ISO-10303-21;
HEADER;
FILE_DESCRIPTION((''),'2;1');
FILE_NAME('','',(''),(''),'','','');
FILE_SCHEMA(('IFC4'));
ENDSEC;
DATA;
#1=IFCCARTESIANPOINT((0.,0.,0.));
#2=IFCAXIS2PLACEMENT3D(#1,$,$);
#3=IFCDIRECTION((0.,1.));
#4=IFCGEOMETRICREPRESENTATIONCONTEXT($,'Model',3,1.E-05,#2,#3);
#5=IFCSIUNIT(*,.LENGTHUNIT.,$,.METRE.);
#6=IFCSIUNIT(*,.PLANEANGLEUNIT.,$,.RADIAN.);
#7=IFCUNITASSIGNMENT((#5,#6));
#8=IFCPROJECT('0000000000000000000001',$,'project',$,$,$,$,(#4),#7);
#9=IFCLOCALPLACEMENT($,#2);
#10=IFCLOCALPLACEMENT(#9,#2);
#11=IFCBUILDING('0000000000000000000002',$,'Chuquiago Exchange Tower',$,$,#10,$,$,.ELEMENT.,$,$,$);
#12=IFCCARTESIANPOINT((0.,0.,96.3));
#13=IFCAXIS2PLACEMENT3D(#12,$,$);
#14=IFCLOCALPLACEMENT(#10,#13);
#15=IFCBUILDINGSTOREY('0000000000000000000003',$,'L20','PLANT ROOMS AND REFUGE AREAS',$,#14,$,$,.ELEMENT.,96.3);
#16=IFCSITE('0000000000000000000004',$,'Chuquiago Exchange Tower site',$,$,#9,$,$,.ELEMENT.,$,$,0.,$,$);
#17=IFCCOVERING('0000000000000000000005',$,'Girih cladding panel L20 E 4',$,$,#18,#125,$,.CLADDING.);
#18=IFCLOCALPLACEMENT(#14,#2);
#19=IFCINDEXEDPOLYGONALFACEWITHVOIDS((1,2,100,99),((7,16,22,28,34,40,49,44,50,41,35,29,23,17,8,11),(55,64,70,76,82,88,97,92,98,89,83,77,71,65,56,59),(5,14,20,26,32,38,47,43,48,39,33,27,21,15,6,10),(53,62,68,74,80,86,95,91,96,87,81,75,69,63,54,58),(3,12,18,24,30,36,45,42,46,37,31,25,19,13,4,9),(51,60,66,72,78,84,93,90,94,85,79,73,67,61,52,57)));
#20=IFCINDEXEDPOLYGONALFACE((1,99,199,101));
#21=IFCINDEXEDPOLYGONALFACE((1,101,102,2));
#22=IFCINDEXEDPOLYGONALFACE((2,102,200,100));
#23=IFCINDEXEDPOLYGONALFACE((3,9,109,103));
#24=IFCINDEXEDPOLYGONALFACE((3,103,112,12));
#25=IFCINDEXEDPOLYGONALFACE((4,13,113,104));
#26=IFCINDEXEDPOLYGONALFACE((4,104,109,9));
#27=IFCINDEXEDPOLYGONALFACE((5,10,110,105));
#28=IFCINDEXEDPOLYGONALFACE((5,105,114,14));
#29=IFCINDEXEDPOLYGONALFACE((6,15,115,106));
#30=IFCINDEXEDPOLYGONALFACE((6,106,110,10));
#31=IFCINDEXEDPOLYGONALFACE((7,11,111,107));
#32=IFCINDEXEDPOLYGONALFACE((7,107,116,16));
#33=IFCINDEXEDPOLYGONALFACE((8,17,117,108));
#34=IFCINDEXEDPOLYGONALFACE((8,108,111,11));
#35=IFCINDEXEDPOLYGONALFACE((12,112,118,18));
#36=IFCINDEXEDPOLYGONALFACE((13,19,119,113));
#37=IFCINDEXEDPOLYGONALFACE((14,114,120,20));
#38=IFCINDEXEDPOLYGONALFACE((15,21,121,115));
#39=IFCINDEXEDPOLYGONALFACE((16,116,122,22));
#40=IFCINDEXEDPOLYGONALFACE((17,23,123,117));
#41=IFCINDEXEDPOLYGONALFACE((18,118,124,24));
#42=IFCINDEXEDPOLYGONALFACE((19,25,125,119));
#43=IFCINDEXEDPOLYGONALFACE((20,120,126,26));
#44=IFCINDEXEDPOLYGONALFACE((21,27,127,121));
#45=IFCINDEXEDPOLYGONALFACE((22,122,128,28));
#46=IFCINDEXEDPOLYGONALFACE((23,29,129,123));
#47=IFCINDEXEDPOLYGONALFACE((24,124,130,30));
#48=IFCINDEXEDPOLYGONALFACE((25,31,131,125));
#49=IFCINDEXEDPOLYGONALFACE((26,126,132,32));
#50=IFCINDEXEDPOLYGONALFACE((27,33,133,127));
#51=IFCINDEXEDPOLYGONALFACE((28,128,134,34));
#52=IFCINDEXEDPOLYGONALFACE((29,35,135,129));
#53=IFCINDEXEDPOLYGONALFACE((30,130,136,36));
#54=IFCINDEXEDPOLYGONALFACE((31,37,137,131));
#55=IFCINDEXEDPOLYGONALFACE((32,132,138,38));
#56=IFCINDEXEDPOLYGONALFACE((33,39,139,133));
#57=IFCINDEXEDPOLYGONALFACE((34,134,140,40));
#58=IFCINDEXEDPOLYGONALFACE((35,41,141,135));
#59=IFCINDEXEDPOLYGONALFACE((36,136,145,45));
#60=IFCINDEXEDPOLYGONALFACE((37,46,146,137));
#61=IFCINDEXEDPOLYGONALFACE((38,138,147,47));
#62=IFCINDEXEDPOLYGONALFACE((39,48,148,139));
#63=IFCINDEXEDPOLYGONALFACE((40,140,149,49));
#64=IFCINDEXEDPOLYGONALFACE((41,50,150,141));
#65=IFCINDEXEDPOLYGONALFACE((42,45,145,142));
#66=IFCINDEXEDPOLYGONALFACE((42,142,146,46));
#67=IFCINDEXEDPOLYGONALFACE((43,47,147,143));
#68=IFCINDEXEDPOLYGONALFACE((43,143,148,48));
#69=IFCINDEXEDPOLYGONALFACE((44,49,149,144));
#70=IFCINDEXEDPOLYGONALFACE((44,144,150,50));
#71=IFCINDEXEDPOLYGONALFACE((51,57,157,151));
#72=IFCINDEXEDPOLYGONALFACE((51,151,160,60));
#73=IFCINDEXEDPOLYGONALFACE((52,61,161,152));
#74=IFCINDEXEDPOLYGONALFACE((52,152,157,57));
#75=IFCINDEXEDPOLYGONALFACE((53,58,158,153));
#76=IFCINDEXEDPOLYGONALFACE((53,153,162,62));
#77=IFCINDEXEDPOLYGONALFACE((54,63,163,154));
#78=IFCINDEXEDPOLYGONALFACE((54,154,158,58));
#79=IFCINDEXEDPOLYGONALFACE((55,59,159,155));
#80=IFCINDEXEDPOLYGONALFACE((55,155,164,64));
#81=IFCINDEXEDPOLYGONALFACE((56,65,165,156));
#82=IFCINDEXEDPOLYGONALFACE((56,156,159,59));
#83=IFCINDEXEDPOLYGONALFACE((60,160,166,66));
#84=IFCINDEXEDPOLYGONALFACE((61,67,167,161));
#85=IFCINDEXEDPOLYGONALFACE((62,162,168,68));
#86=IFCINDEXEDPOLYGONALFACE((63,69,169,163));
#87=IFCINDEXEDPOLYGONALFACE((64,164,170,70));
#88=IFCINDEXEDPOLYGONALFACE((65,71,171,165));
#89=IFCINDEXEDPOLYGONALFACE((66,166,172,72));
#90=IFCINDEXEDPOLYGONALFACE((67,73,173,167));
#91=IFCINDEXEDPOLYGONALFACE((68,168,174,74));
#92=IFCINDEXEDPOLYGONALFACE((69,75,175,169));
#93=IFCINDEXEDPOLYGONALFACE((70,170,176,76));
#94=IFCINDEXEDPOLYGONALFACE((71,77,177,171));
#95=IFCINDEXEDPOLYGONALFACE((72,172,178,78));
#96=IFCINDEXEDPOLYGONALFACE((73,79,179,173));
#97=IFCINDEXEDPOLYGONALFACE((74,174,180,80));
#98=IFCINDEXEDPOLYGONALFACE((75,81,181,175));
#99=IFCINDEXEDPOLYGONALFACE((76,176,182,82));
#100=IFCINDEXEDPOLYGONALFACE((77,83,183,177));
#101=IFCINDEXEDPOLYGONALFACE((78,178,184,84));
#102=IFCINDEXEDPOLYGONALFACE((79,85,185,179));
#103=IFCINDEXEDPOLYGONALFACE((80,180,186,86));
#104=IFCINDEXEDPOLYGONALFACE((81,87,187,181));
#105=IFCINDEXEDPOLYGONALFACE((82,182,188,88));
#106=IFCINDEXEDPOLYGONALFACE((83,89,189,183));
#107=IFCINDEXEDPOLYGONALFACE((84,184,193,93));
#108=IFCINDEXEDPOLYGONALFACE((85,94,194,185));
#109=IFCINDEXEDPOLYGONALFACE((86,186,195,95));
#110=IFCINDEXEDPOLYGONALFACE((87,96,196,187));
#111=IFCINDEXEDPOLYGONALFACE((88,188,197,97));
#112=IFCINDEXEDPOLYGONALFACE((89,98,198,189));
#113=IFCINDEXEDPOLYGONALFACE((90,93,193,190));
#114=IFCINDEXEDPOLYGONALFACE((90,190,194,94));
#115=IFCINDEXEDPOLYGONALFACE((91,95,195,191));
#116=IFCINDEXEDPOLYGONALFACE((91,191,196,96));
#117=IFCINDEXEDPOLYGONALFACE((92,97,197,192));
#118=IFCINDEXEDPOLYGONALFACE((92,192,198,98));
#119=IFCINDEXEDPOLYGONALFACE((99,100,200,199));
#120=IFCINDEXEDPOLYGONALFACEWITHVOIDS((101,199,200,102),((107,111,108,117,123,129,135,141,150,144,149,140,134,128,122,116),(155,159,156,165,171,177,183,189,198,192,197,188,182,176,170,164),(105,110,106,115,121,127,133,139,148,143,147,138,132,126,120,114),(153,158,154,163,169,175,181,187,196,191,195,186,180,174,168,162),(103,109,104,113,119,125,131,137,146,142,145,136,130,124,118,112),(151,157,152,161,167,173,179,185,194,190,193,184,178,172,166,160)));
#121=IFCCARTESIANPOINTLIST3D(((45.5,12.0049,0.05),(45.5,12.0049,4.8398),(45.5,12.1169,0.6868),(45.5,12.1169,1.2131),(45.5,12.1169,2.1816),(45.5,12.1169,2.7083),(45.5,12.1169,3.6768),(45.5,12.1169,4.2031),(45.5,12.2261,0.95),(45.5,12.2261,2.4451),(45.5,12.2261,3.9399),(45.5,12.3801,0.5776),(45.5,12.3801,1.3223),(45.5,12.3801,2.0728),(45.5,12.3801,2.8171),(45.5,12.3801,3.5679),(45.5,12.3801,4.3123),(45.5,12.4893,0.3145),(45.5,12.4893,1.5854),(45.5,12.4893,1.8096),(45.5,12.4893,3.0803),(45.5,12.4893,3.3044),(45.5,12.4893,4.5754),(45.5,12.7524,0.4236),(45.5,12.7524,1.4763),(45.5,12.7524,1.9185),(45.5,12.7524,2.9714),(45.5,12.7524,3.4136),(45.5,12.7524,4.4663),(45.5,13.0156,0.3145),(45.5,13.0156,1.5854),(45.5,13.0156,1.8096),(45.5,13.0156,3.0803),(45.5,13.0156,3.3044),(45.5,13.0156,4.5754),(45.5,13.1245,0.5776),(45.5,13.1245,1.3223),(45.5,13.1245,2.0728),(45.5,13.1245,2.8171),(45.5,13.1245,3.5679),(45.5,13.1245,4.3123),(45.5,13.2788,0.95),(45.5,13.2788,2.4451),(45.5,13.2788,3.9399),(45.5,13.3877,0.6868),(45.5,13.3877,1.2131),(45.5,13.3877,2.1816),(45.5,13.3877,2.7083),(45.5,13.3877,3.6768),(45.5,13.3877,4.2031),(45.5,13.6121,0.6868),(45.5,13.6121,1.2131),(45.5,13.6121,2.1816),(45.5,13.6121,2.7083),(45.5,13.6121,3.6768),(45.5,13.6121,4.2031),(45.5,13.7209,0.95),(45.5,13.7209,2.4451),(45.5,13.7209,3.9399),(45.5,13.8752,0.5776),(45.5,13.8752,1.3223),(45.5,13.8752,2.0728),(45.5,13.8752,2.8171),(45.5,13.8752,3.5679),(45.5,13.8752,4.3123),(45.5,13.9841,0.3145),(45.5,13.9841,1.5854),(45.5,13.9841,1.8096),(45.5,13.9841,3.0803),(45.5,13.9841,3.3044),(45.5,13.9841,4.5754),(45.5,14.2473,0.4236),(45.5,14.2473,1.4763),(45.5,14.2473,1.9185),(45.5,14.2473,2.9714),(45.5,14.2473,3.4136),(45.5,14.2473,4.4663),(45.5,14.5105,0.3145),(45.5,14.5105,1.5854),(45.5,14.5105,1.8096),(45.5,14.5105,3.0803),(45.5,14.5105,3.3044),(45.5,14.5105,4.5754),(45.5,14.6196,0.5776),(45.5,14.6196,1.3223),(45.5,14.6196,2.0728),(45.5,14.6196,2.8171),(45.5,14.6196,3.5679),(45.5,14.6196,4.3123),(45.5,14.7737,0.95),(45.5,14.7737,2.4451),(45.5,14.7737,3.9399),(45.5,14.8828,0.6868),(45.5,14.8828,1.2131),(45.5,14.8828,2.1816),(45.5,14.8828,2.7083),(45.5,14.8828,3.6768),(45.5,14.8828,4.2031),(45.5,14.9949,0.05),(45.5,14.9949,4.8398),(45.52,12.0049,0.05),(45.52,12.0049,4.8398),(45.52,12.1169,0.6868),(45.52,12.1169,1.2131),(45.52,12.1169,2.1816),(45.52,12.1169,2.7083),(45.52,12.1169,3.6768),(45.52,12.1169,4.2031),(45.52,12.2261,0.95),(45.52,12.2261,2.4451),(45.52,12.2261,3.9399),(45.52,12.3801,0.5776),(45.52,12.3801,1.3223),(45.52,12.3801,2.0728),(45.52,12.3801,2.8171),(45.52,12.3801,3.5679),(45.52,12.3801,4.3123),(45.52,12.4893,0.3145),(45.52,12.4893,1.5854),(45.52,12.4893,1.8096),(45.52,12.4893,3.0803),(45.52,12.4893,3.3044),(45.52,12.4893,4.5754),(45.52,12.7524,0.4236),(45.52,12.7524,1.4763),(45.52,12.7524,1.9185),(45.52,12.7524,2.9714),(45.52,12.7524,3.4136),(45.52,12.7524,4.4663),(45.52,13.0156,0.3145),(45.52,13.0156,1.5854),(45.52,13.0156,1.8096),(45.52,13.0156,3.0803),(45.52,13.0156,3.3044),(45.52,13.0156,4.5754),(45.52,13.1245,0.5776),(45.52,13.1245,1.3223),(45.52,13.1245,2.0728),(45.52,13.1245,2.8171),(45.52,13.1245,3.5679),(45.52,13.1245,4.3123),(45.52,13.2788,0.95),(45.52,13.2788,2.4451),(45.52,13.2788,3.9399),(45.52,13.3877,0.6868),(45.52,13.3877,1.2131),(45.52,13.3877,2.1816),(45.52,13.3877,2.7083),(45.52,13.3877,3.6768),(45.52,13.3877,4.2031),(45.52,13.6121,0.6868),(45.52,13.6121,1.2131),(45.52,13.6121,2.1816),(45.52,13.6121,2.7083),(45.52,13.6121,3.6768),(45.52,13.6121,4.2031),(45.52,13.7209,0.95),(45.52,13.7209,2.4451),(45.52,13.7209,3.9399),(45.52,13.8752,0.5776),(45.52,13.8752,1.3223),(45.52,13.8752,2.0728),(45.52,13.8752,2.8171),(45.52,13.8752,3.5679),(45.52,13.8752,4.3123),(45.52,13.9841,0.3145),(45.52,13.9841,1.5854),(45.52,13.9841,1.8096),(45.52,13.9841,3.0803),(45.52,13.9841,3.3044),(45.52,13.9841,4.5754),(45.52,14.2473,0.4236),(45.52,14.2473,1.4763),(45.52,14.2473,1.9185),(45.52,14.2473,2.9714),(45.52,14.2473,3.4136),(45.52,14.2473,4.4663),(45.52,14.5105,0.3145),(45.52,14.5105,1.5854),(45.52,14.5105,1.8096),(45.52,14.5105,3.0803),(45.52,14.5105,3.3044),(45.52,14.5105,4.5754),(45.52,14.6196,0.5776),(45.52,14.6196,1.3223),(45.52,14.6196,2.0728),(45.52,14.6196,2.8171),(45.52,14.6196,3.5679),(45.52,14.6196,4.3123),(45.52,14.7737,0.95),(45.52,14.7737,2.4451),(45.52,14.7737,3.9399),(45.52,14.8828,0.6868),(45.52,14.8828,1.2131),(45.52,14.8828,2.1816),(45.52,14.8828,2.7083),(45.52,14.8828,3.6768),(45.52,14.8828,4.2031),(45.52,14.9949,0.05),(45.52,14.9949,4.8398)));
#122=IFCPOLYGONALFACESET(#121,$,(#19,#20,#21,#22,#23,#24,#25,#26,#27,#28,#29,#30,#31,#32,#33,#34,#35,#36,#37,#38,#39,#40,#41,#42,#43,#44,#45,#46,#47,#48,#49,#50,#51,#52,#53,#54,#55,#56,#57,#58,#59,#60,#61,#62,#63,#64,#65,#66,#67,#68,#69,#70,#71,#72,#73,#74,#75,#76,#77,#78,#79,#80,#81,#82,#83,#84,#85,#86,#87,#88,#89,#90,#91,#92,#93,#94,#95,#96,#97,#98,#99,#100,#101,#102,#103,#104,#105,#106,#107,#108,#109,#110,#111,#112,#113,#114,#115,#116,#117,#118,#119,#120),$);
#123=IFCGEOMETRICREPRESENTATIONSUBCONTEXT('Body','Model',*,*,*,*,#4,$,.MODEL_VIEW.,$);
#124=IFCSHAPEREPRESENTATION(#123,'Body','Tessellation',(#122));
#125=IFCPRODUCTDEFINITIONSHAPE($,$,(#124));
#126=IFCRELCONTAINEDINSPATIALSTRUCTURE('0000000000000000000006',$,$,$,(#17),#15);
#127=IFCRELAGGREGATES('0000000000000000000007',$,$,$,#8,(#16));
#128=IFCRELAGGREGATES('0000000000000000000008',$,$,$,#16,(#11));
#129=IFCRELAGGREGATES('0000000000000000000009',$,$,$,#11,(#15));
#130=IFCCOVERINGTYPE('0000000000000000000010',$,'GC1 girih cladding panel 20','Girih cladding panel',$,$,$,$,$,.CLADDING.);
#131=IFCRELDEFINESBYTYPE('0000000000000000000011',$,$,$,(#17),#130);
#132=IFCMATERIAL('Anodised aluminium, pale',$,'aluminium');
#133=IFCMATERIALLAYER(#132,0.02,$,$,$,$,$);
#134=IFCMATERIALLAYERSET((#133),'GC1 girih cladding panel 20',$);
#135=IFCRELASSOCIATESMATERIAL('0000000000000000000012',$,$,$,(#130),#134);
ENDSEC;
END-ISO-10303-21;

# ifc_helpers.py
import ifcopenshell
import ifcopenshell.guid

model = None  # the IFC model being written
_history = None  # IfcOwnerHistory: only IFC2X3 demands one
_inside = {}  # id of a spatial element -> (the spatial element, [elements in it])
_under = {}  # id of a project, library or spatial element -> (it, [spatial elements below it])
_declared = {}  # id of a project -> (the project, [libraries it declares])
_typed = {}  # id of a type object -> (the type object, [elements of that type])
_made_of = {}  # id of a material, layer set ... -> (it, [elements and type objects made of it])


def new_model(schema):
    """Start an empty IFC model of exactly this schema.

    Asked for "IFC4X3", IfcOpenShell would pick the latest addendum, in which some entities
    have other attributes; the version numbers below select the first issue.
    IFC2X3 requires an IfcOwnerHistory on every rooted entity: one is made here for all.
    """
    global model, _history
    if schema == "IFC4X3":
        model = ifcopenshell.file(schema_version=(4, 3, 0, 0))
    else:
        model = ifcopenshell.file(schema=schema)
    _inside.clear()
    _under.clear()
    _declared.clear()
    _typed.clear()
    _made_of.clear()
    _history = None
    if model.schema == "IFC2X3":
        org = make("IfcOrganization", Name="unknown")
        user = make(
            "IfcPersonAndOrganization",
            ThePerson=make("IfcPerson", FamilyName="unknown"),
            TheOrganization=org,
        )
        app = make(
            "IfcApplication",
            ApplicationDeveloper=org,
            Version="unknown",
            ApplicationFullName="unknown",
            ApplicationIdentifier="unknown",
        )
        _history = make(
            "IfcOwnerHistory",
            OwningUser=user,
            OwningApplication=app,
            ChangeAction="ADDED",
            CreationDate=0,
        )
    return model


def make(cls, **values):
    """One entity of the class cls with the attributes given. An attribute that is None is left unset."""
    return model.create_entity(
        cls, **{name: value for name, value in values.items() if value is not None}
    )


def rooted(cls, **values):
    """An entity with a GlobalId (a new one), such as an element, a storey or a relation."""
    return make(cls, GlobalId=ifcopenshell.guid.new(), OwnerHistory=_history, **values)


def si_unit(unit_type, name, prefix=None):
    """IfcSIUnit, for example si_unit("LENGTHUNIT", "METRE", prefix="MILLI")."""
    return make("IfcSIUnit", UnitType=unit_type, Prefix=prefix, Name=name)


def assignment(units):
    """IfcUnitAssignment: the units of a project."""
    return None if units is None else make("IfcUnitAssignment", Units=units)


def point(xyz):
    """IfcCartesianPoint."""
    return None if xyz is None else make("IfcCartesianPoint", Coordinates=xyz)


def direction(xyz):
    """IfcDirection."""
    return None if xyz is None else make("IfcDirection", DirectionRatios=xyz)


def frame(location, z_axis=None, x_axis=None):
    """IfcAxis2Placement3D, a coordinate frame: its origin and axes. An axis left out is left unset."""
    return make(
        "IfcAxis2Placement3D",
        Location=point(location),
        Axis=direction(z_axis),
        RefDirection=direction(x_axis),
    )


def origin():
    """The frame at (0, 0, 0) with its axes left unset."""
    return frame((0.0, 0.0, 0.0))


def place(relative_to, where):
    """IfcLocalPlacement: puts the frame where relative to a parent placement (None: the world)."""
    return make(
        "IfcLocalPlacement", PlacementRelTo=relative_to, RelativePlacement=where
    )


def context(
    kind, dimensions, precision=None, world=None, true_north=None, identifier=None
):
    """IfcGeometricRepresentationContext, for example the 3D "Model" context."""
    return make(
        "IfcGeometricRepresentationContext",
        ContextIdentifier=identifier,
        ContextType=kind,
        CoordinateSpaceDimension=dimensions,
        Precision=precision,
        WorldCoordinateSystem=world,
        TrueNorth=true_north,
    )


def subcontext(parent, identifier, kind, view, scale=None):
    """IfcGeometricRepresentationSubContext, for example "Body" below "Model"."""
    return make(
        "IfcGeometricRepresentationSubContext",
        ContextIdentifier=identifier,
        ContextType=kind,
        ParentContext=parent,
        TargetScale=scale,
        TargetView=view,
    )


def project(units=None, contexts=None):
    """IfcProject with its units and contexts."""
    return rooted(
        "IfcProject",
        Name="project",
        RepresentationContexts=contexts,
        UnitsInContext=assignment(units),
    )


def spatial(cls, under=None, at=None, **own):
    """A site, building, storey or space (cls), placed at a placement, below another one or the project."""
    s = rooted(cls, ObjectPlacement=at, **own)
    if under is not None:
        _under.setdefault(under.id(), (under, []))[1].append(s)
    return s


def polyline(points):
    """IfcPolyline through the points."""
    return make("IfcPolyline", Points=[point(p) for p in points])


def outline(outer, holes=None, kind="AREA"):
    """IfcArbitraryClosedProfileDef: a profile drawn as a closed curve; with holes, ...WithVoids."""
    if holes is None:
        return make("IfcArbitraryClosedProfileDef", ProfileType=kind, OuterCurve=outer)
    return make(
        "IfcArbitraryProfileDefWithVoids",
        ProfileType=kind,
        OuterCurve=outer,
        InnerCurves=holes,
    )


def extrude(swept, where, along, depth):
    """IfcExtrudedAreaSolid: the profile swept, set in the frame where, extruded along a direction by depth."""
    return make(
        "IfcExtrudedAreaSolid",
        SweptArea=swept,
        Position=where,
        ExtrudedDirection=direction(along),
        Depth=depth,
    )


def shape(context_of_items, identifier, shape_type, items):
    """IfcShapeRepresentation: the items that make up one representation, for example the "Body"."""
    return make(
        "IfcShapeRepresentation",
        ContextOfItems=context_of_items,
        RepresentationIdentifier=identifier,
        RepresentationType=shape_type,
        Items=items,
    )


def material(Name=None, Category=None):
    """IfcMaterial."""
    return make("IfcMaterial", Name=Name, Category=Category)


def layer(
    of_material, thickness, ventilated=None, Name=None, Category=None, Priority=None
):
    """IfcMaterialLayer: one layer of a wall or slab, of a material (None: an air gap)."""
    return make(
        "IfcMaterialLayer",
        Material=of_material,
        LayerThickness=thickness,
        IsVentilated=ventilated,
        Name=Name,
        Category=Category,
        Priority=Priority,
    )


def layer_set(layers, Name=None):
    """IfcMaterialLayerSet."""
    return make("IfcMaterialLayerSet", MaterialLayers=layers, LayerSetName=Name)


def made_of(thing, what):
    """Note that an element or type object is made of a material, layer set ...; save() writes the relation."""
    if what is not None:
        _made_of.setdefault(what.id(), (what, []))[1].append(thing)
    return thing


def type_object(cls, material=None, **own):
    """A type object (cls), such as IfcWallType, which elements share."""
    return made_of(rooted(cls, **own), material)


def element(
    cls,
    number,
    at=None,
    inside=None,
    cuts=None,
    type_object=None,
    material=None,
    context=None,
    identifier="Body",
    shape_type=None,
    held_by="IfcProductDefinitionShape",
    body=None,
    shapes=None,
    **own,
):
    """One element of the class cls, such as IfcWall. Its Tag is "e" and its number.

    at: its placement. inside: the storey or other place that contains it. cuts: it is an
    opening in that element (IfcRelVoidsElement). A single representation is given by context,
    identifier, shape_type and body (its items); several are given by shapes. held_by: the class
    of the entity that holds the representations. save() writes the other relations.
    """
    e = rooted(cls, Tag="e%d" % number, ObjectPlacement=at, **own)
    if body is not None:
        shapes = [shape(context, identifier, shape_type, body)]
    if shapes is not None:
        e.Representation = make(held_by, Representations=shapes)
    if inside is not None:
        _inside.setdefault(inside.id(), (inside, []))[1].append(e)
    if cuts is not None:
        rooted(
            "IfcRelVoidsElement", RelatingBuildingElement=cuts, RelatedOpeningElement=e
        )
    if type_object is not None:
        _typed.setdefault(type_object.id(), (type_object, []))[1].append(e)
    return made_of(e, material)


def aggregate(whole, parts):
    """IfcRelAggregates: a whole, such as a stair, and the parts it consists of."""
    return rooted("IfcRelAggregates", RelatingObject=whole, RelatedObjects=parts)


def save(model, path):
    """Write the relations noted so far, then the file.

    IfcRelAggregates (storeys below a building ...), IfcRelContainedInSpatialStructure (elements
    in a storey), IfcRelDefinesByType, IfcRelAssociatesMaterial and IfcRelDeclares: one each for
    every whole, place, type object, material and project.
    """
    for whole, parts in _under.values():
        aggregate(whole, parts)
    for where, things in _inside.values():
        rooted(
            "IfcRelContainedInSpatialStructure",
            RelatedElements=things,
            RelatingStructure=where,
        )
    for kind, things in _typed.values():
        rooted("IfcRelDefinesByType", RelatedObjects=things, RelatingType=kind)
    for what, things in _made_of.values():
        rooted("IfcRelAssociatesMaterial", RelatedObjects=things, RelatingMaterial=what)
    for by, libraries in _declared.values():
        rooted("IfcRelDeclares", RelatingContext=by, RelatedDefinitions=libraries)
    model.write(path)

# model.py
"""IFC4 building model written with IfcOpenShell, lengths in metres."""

from ifc_helpers import new_model, si_unit, direction, frame, origin, place, context, subcontext, project, spatial, polyline, outline, extrude, material, layer, layer_set, type_object, element, save


model = new_model("IFC4")

# Units and contexts
model_context = context("Model", 3, precision=1e-05, world=origin(), true_north=direction((0.0, 1.0)))
body_context = subcontext(model_context, "Body", "Model", "MODEL_VIEW")
ifc_project = project(units=[si_unit("LENGTHUNIT", "METRE"), si_unit("PLANEANGLEUNIT", "RADIAN")], contexts=[model_context])

# Site, building, storey
site_placement = place(None, origin())
site = spatial("IfcSite", under=ifc_project, at=site_placement, Name="Chuquiago Exchange Tower site", CompositionType="ELEMENT", RefElevation=0.0)
building_placement = place(site_placement, origin())
building = spatial("IfcBuilding", under=site, at=building_placement, Name="Chuquiago Exchange Tower", CompositionType="ELEMENT")
storey_placement = place(building_placement, frame((0.0, 0.0, 96.3)))
storey = spatial("IfcBuildingStorey", under=building, at=storey_placement, Name="L20", Description="PLANT ROOMS AND REFUGE AREAS", CompositionType="ELEMENT", Elevation=96.3)

# Covering
ifc_material_1 = material(Name="Anodised aluminium, pale", Category="aluminium")
ifc_layer_1 = layer(ifc_material_1, 0.02)
ifc_layer_set_1 = layer_set([ifc_layer_1], Name="GC1 girih cladding panel 20")
covering_type = type_object("IfcCoveringType", Name="GC1 girih cladding panel 20", Description="Girih cladding panel", PredefinedType="CLADDING", material=ifc_layer_set_1)
covering_1_placement = place(storey_placement, frame((45.5, 12.0049, 0.05), z_axis=(0.0, 0.0, 1.0), x_axis=(0.0, 1.0, 0.0)))
element("IfcCovering", 1, at=covering_1_placement, inside=storey, type_object=covering_type, Name="Girih cladding panel L20 E 4", PredefinedType="CLADDING", context=body_context, shape_type="SweptSolid", body=[
    extrude(outline(polyline([(0.0, 0.0), (2.99, 0.0), (2.99, 4.7898), (0.0, 4.7898), (0.0, 0.0)]), holes=[polyline([(1.2739, 0.8999), (1.3828, 1.1631), (1.1196, 1.2722), (1.0107, 1.5354), (0.7476, 1.4263), (0.4844, 1.5354), (0.3752, 1.2722), (0.1121, 1.1631), (0.2212, 0.8999), (0.1121, 0.6367), (0.3752, 0.5276), (0.4844, 0.2644), (0.7476, 0.3735), (1.0107, 0.2644), (1.1196, 0.5276), (1.3828, 0.6367), (1.2739, 0.8999)]), polyline([(2.7688, 0.8999), (2.8779, 1.1631), (2.6147, 1.2722), (2.5056, 1.5354), (2.2424, 1.4263), (1.9792, 1.5354), (1.8704, 1.2722), (1.6072, 1.1631), (1.7161, 0.8999), (1.6072, 0.6367), (1.8704, 0.5276), (1.9792, 0.2644), (2.2424, 0.3735), (2.5056, 0.2644), (2.6147, 0.5276), (2.8779, 0.6367), (2.7688, 0.8999)]), polyline([(1.2739, 2.395), (1.3828, 2.6582), (1.1196, 2.7671), (1.0107, 3.0303), (0.7476, 2.9214), (0.4844, 3.0303), (0.3752, 2.7671), (0.1121, 2.6582), (0.2212, 2.395), (0.1121, 2.1316), (0.3752, 2.0227), (0.4844, 1.7595), (0.7476, 1.8684), (1.0107, 1.7595), (1.1196, 2.0227), (1.3828, 2.1316), (1.2739, 2.395)]), polyline([(2.7688, 2.395), (2.8779, 2.6582), (2.6147, 2.7671), (2.5056, 3.0303), (2.2424, 2.9214), (1.9792, 3.0303), (1.8704, 2.7671), (1.6072, 2.6582), (1.7161, 2.395), (1.6072, 2.1316), (1.8704, 2.0227), (1.9792, 1.7595), (2.2424, 1.8684), (2.5056, 1.7595), (2.6147, 2.0227), (2.8779, 2.1316), (2.7688, 2.395)]), polyline([(1.2739, 3.8899), (1.3828, 4.1531), (1.1196, 4.2622), (1.0107, 4.5254), (0.7476, 4.4163), (0.4844, 4.5254), (0.3752, 4.2622), (0.1121, 4.1531), (0.2212, 3.8899), (0.1121, 3.6267), (0.3752, 3.5178), (0.4844, 3.2544), (0.7476, 3.3635), (1.0107, 3.2544), (1.1196, 3.5178), (1.3828, 3.6267), (1.2739, 3.8899)]), polyline([(2.7688, 3.8899), (2.8779, 4.1531), (2.6147, 4.2622), (2.5056, 4.5254), (2.2424, 4.4163), (1.9792, 4.5254), (1.8704, 4.2622), (1.6072, 4.1531), (1.7161, 3.8899), (1.6072, 3.6267), (1.8704, 3.5178), (1.9792, 3.2544), (2.2424, 3.3635), (2.5056, 3.2544), (2.6147, 3.5178), (2.8779, 3.6267), (2.7688, 3.8899)])]), frame((0.0, 0.0, 0.0), z_axis=(0.0, -1.0, 0.0), x_axis=(1.0, 0.0, 0.0)), (0.0, 0.0, 1.0), 0.02),
])

save(model, "model.ifc")
